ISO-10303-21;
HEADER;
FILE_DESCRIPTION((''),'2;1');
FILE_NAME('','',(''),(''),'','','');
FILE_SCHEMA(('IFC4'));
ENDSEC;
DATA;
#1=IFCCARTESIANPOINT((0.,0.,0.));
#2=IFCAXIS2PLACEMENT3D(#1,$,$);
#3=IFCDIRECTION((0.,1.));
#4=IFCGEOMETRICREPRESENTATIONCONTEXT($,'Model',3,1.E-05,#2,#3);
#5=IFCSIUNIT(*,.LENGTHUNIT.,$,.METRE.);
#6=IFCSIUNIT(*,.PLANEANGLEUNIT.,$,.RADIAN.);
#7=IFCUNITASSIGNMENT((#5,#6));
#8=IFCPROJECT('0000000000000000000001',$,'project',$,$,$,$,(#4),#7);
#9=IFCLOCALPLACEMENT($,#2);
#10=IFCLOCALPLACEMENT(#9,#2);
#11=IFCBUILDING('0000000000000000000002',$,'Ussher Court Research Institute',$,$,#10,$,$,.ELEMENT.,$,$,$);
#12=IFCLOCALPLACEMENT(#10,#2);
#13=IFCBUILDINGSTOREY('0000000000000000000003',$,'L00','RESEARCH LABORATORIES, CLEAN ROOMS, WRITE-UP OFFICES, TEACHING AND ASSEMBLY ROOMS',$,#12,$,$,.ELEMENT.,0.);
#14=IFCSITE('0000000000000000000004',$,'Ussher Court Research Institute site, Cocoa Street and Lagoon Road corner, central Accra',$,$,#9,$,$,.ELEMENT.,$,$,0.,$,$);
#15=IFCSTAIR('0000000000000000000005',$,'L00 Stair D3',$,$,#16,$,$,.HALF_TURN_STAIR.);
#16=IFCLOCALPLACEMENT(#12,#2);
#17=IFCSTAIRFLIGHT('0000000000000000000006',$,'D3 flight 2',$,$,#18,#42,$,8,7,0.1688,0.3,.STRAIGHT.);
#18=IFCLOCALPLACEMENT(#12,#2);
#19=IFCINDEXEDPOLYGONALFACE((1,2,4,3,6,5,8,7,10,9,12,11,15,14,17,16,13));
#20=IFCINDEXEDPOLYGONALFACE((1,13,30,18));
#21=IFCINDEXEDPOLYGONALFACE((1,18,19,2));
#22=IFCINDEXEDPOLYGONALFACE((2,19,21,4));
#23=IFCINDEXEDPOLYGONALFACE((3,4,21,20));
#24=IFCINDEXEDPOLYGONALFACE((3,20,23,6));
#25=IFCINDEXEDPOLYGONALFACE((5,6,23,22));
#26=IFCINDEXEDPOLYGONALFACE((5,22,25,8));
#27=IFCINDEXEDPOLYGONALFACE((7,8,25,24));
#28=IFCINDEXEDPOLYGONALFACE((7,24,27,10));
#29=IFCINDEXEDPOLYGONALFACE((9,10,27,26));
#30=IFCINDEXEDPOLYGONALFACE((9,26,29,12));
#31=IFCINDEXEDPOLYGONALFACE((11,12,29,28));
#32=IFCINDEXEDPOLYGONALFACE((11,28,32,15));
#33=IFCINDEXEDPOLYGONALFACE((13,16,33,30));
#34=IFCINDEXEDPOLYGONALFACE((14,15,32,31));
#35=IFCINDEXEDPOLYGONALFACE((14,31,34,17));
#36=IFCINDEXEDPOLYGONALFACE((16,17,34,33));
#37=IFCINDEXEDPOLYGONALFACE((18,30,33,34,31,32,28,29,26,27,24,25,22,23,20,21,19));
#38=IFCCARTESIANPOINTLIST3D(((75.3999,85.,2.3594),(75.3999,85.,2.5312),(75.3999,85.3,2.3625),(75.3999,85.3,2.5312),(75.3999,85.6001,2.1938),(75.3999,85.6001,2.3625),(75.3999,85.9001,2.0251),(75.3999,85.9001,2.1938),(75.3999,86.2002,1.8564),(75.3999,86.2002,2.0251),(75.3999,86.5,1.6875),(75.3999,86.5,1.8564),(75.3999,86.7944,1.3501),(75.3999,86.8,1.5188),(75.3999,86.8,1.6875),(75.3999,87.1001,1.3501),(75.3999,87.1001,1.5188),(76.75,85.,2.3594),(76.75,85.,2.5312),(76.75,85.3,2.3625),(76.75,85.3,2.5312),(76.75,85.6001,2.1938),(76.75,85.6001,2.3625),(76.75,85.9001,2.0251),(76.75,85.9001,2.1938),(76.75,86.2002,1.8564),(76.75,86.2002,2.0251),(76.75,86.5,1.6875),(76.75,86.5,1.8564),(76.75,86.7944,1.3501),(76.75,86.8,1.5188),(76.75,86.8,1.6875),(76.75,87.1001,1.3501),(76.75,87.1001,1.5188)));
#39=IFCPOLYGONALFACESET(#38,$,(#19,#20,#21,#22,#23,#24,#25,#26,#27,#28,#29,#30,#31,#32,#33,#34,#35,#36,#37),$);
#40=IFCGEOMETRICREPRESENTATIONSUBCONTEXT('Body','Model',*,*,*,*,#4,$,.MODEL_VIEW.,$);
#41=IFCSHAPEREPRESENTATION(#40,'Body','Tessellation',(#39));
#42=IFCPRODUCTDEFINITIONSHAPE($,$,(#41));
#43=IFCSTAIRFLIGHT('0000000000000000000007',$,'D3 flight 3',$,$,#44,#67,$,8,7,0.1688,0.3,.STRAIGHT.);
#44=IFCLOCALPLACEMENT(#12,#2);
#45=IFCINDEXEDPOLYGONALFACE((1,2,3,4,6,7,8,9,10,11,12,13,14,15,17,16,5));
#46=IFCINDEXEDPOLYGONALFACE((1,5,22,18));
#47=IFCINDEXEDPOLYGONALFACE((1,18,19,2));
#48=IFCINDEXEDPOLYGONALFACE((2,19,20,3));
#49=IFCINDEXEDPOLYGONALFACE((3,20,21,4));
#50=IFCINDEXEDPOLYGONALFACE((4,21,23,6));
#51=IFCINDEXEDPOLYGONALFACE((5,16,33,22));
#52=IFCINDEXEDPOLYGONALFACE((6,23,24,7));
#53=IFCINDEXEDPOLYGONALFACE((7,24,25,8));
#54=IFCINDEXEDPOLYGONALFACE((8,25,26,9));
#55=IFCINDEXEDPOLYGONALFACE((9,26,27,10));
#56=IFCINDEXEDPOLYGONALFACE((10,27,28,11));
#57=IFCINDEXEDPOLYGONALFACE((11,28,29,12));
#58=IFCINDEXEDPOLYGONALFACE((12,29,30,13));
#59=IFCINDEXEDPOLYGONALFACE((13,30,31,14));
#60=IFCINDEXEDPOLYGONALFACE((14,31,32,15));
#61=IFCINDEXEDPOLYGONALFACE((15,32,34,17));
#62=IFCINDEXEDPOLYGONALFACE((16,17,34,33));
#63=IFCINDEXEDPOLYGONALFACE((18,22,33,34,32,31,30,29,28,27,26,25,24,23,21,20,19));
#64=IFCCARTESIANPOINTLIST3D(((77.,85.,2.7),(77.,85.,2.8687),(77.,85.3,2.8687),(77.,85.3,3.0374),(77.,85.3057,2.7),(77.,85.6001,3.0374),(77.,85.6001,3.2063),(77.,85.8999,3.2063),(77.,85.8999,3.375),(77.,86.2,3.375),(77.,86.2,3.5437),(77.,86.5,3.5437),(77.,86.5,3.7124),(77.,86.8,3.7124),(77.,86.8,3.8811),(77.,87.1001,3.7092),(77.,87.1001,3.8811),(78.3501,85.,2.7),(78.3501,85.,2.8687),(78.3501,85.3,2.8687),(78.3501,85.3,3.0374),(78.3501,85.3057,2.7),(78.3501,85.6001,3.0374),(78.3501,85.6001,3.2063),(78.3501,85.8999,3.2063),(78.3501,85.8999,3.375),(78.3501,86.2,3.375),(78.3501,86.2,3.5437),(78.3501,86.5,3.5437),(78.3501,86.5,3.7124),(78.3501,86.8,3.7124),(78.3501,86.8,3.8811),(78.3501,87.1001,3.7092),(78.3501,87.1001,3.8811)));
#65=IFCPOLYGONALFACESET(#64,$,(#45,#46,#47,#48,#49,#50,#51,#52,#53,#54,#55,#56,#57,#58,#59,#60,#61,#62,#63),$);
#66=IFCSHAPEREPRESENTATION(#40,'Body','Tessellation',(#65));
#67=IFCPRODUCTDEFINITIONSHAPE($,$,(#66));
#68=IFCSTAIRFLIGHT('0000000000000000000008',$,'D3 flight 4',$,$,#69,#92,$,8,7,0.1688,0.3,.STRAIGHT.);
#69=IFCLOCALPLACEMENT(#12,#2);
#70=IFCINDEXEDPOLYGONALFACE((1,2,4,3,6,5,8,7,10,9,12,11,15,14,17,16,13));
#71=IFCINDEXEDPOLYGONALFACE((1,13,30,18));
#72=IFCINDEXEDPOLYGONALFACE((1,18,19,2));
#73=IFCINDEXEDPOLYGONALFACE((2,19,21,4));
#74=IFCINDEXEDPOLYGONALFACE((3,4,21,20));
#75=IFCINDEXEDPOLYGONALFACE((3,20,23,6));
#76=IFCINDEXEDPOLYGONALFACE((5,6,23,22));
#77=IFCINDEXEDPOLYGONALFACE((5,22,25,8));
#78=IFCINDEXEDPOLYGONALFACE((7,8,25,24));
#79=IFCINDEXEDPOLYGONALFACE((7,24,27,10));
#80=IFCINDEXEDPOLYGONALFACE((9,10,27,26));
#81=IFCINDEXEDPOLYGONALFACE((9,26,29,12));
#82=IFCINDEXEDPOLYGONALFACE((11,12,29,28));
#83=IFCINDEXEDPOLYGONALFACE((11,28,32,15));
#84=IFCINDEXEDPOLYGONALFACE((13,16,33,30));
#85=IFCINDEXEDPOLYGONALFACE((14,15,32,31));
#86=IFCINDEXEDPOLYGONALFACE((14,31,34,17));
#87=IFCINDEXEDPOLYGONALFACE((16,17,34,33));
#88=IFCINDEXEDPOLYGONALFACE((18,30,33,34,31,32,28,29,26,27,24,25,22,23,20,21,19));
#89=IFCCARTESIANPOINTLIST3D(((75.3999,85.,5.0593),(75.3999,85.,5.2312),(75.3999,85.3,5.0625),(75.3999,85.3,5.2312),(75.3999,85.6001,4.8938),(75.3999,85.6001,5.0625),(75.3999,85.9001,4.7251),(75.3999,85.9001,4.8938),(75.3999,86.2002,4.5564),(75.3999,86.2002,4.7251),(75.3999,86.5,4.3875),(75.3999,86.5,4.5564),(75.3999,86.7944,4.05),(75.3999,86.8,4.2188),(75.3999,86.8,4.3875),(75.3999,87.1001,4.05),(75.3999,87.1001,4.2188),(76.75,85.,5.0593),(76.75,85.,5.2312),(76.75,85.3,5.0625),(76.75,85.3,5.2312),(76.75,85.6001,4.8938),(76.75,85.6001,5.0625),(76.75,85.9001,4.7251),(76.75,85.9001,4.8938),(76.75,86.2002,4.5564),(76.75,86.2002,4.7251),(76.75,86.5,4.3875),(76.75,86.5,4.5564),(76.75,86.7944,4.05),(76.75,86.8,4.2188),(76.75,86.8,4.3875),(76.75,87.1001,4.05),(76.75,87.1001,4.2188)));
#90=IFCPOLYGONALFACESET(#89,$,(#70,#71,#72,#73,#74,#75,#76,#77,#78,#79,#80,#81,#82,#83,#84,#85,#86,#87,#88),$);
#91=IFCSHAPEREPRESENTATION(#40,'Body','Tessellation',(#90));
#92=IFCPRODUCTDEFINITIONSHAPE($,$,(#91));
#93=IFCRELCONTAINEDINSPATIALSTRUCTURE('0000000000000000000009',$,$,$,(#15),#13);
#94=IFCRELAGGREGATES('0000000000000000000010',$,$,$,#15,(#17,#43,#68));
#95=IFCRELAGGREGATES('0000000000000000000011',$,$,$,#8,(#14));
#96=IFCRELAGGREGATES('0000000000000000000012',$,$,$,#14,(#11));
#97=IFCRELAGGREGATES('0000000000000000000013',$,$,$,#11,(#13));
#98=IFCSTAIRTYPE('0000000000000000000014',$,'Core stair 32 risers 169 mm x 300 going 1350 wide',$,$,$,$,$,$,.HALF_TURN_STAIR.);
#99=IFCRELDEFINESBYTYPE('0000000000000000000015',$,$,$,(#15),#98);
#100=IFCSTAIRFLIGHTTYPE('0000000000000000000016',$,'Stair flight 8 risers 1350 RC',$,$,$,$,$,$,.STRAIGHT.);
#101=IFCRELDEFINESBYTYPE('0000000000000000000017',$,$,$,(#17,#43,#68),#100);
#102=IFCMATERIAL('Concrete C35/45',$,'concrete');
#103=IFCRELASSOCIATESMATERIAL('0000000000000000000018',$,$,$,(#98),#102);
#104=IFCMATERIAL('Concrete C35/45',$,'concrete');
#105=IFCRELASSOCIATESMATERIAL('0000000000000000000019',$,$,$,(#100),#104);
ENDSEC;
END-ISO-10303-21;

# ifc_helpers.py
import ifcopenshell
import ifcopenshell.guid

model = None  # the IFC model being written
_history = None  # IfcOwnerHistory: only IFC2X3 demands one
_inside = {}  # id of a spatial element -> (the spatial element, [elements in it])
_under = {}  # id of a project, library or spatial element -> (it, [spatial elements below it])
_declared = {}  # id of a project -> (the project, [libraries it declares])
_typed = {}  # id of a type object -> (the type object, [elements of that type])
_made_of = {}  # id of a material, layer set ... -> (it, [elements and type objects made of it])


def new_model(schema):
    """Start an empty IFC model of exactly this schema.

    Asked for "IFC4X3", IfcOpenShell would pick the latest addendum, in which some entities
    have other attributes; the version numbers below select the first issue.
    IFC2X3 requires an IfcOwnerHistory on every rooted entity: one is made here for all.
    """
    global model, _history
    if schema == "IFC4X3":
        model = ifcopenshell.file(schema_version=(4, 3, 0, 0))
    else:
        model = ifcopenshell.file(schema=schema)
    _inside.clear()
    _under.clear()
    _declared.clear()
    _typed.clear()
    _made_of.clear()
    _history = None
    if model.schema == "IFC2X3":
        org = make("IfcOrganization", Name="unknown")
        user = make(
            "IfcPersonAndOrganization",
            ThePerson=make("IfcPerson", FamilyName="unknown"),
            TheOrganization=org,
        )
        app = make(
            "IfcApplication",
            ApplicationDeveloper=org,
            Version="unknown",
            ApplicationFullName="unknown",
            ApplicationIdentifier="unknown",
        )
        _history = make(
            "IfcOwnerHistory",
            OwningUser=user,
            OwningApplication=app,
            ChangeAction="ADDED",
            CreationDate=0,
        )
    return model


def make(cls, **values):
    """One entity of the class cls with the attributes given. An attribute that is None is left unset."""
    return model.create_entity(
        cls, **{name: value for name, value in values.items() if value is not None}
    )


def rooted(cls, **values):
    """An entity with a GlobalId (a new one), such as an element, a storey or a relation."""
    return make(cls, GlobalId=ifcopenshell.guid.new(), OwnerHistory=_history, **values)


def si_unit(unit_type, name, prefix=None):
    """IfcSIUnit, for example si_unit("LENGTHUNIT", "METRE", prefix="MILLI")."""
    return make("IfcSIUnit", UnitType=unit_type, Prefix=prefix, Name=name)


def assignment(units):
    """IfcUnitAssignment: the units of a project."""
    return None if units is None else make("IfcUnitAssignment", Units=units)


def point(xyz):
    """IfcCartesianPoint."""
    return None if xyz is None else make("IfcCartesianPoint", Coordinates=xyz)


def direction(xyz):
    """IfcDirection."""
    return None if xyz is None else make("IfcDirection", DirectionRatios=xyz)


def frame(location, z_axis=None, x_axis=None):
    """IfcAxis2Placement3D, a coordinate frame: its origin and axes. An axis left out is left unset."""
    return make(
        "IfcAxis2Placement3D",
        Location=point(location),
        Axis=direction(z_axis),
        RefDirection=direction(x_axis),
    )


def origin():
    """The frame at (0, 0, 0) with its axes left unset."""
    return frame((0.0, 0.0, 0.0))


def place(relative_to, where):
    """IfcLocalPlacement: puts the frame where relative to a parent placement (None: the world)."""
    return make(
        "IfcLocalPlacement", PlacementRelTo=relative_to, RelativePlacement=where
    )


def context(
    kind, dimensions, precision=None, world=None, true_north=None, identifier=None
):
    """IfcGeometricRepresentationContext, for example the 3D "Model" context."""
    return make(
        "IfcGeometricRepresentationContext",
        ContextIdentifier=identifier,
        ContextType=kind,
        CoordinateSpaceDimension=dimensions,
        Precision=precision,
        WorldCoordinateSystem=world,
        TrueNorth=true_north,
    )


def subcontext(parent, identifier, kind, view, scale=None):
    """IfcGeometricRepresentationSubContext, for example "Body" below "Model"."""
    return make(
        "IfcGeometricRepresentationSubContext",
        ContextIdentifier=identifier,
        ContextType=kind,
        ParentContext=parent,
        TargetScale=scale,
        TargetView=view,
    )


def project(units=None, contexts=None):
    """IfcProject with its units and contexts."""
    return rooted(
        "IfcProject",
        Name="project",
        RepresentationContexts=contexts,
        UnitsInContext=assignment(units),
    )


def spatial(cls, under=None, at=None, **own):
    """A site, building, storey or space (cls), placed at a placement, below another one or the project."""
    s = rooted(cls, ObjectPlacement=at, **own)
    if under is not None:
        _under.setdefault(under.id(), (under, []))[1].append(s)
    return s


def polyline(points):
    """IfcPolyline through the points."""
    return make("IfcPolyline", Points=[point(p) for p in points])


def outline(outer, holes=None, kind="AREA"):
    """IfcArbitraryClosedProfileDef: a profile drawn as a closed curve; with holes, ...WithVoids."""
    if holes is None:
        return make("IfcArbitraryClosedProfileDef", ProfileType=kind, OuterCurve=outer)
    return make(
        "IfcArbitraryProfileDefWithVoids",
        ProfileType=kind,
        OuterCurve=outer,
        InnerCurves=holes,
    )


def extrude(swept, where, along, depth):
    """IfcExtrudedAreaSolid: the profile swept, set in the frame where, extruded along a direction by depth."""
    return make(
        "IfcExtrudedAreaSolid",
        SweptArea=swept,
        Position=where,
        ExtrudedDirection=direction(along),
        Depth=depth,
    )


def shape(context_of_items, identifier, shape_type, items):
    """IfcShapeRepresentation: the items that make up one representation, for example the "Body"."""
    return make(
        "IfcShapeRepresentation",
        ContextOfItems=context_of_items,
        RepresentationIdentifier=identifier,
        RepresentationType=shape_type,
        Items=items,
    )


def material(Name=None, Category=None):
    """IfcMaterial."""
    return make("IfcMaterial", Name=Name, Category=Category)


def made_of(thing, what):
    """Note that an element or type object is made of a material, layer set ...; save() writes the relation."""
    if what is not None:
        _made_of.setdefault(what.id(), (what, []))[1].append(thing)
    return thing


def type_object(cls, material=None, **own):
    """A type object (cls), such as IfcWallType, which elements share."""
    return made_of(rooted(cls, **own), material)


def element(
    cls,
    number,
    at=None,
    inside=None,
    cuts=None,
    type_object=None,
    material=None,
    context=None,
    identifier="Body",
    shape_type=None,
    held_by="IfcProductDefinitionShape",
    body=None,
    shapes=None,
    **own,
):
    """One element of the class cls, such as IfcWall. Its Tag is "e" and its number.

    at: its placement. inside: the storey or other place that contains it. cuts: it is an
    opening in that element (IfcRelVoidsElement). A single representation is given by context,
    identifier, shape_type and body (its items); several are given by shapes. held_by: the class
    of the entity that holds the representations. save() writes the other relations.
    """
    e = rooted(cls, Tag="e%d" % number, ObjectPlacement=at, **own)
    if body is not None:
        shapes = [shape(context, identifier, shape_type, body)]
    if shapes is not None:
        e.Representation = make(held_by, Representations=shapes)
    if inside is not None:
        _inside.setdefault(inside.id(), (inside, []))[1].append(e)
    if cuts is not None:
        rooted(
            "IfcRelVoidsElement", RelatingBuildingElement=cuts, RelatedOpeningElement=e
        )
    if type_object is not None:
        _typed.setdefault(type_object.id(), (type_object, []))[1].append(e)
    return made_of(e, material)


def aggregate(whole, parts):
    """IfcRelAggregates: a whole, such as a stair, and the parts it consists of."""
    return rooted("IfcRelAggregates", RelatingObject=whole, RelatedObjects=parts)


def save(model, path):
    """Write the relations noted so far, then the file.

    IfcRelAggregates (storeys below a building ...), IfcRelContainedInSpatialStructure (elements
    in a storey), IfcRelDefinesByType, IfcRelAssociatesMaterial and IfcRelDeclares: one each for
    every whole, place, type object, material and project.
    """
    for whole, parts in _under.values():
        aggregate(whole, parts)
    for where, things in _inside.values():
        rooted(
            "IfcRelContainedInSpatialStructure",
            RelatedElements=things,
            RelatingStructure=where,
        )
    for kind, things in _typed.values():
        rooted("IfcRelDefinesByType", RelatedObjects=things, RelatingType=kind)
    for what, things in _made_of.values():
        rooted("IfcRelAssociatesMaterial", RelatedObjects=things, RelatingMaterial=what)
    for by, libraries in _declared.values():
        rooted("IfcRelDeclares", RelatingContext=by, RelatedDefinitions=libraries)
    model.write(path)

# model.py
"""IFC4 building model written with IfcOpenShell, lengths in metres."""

from ifc_helpers import new_model, si_unit, direction, frame, origin, place, context, subcontext, project, spatial, polyline, outline, extrude, material, type_object, element, aggregate, save


model = new_model("IFC4")

# Units and contexts
model_context = context("Model", 3, precision=1e-05, world=origin(), true_north=direction((0.0, 1.0)))
body_context = subcontext(model_context, "Body", "Model", "MODEL_VIEW")
ifc_project = project(units=[si_unit("LENGTHUNIT", "METRE"), si_unit("PLANEANGLEUNIT", "RADIAN")], contexts=[model_context])

# Site, building, storey
site_placement = place(None, origin())
site = spatial("IfcSite", under=ifc_project, at=site_placement, Name="Ussher Court Research Institute site, Cocoa Street and Lagoon Road corner, central Accra", CompositionType="ELEMENT", RefElevation=0.0)
building_placement = place(site_placement, origin())
building = spatial("IfcBuilding", under=site, at=building_placement, Name="Ussher Court Research Institute", CompositionType="ELEMENT")
storey_placement = place(building_placement, origin())
storey = spatial("IfcBuildingStorey", under=building, at=storey_placement, Name="L00", Description="RESEARCH LABORATORIES, CLEAN ROOMS, WRITE-UP OFFICES, TEACHING AND ASSEMBLY ROOMS", CompositionType="ELEMENT", Elevation=0.0)

# Stair, stair flights
ifc_material_1 = material(Name="Concrete C35/45", Category="concrete")
stair_type = type_object("IfcStairType", Name="Core stair 32 risers 169 mm x 300 going 1350 wide", PredefinedType="HALF_TURN_STAIR", material=ifc_material_1)
stair_placement = place(storey_placement, origin())
stair = element("IfcStair", 1, at=stair_placement, inside=storey, type_object=stair_type, Name="L00 Stair D3", PredefinedType="HALF_TURN_STAIR")
ifc_material_2 = material(Name="Concrete C35/45", Category="concrete")
stair_flight_type = type_object("IfcStairFlightType", Name="Stair flight 8 risers 1350 RC", PredefinedType="STRAIGHT", material=ifc_material_2)
stair_flight_1_placement = place(storey_placement, frame((76.075, 87.1001, 1.3501), z_axis=(0.0, 0.0, 1.0), x_axis=(0.0, -1.0, 0.0)))
stair_flight_1 = element("IfcStairFlight", 2, at=stair_flight_1_placement, type_object=stair_flight_type, Name="D3 flight 2", NumberOfRisers=8, NumberOfTreads=7, PredefinedType="STRAIGHT", RiserHeight=0.1688, TreadLength=0.3, context=body_context, shape_type="SweptSolid", body=[
    extrude(outline(polyline([(0.0, 0.0), (0.0, 0.1687), (0.3, 0.1687), (0.3, 0.3374), (0.6001, 0.3374), (0.6001, 0.5063), (0.8999, 0.5063), (0.8999, 0.675), (1.2, 0.675), (1.2, 0.8438), (1.5, 0.8438), (1.5, 1.0125), (1.8, 1.0125), (1.8, 1.1812), (2.1001, 1.1812), (2.1001, 1.3501), (2.1001, 1.0093), (0.3057, 0.0), (0.0, 0.0)])), frame((0.0, 0.675, 0.0), z_axis=(0.0, -1.0, 0.0), x_axis=(1.0, 0.0, 0.0)), (0.0, 0.0, 1.0), 1.3501),
])
stair_flight_2_placement = place(storey_placement, frame((77.675, 85.0, 2.7), z_axis=(0.0, 0.0, 1.0), x_axis=(0.0, 1.0, 0.0)))
stair_flight_2 = element("IfcStairFlight", 3, at=stair_flight_2_placement, type_object=stair_flight_type, Name="D3 flight 3", NumberOfRisers=8, NumberOfTreads=7, PredefinedType="STRAIGHT", RiserHeight=0.1688, TreadLength=0.3, context=body_context, shape_type="SweptSolid", body=[
    extrude(outline(polyline([(0.0, 0.0), (0.0, 0.1687), (0.3, 0.1687), (0.3, 0.3374), (0.6001, 0.3374), (0.6001, 0.5063), (0.8999, 0.5063), (0.8999, 0.675), (1.2, 0.675), (1.2, 0.8438), (1.5, 0.8438), (1.5, 1.0125), (1.8, 1.0125), (1.8, 1.1812), (2.1001, 1.1812), (2.1001, 1.3501), (2.1001, 1.0093), (0.3057, 0.0), (0.0, 0.0)])), frame((0.0, 0.675, 0.0), z_axis=(0.0, -1.0, 0.0), x_axis=(1.0, 0.0, 0.0)), (0.0, 0.0, 1.0), 1.3501),
])
stair_flight_3_placement = place(storey_placement, frame((76.075, 87.1001, 4.05), z_axis=(0.0, 0.0, 1.0), x_axis=(0.0, -1.0, 0.0)))
stair_flight_3 = element("IfcStairFlight", 4, at=stair_flight_3_placement, type_object=stair_flight_type, Name="D3 flight 4", NumberOfRisers=8, NumberOfTreads=7, PredefinedType="STRAIGHT", RiserHeight=0.1688, TreadLength=0.3, context=body_context, shape_type="SweptSolid", body=[
    extrude(outline(polyline([(0.0, 0.0), (0.0, 0.1687), (0.3, 0.1687), (0.3, 0.3374), (0.6001, 0.3374), (0.6001, 0.5063), (0.8999, 0.5063), (0.8999, 0.675), (1.2, 0.675), (1.2, 0.8438), (1.5, 0.8438), (1.5, 1.0125), (1.8, 1.0125), (1.8, 1.1812), (2.1001, 1.1812), (2.1001, 1.3501), (2.1001, 1.0093), (0.3057, 0.0), (0.0, 0.0)])), frame((0.0, 0.675, 0.0), z_axis=(0.0, -1.0, 0.0), x_axis=(1.0, 0.0, 0.0)), (0.0, 0.0, 1.0), 1.3501),
])
aggregate(stair, [stair_flight_1, stair_flight_2, stair_flight_3])

save(model, "model.ifc")
